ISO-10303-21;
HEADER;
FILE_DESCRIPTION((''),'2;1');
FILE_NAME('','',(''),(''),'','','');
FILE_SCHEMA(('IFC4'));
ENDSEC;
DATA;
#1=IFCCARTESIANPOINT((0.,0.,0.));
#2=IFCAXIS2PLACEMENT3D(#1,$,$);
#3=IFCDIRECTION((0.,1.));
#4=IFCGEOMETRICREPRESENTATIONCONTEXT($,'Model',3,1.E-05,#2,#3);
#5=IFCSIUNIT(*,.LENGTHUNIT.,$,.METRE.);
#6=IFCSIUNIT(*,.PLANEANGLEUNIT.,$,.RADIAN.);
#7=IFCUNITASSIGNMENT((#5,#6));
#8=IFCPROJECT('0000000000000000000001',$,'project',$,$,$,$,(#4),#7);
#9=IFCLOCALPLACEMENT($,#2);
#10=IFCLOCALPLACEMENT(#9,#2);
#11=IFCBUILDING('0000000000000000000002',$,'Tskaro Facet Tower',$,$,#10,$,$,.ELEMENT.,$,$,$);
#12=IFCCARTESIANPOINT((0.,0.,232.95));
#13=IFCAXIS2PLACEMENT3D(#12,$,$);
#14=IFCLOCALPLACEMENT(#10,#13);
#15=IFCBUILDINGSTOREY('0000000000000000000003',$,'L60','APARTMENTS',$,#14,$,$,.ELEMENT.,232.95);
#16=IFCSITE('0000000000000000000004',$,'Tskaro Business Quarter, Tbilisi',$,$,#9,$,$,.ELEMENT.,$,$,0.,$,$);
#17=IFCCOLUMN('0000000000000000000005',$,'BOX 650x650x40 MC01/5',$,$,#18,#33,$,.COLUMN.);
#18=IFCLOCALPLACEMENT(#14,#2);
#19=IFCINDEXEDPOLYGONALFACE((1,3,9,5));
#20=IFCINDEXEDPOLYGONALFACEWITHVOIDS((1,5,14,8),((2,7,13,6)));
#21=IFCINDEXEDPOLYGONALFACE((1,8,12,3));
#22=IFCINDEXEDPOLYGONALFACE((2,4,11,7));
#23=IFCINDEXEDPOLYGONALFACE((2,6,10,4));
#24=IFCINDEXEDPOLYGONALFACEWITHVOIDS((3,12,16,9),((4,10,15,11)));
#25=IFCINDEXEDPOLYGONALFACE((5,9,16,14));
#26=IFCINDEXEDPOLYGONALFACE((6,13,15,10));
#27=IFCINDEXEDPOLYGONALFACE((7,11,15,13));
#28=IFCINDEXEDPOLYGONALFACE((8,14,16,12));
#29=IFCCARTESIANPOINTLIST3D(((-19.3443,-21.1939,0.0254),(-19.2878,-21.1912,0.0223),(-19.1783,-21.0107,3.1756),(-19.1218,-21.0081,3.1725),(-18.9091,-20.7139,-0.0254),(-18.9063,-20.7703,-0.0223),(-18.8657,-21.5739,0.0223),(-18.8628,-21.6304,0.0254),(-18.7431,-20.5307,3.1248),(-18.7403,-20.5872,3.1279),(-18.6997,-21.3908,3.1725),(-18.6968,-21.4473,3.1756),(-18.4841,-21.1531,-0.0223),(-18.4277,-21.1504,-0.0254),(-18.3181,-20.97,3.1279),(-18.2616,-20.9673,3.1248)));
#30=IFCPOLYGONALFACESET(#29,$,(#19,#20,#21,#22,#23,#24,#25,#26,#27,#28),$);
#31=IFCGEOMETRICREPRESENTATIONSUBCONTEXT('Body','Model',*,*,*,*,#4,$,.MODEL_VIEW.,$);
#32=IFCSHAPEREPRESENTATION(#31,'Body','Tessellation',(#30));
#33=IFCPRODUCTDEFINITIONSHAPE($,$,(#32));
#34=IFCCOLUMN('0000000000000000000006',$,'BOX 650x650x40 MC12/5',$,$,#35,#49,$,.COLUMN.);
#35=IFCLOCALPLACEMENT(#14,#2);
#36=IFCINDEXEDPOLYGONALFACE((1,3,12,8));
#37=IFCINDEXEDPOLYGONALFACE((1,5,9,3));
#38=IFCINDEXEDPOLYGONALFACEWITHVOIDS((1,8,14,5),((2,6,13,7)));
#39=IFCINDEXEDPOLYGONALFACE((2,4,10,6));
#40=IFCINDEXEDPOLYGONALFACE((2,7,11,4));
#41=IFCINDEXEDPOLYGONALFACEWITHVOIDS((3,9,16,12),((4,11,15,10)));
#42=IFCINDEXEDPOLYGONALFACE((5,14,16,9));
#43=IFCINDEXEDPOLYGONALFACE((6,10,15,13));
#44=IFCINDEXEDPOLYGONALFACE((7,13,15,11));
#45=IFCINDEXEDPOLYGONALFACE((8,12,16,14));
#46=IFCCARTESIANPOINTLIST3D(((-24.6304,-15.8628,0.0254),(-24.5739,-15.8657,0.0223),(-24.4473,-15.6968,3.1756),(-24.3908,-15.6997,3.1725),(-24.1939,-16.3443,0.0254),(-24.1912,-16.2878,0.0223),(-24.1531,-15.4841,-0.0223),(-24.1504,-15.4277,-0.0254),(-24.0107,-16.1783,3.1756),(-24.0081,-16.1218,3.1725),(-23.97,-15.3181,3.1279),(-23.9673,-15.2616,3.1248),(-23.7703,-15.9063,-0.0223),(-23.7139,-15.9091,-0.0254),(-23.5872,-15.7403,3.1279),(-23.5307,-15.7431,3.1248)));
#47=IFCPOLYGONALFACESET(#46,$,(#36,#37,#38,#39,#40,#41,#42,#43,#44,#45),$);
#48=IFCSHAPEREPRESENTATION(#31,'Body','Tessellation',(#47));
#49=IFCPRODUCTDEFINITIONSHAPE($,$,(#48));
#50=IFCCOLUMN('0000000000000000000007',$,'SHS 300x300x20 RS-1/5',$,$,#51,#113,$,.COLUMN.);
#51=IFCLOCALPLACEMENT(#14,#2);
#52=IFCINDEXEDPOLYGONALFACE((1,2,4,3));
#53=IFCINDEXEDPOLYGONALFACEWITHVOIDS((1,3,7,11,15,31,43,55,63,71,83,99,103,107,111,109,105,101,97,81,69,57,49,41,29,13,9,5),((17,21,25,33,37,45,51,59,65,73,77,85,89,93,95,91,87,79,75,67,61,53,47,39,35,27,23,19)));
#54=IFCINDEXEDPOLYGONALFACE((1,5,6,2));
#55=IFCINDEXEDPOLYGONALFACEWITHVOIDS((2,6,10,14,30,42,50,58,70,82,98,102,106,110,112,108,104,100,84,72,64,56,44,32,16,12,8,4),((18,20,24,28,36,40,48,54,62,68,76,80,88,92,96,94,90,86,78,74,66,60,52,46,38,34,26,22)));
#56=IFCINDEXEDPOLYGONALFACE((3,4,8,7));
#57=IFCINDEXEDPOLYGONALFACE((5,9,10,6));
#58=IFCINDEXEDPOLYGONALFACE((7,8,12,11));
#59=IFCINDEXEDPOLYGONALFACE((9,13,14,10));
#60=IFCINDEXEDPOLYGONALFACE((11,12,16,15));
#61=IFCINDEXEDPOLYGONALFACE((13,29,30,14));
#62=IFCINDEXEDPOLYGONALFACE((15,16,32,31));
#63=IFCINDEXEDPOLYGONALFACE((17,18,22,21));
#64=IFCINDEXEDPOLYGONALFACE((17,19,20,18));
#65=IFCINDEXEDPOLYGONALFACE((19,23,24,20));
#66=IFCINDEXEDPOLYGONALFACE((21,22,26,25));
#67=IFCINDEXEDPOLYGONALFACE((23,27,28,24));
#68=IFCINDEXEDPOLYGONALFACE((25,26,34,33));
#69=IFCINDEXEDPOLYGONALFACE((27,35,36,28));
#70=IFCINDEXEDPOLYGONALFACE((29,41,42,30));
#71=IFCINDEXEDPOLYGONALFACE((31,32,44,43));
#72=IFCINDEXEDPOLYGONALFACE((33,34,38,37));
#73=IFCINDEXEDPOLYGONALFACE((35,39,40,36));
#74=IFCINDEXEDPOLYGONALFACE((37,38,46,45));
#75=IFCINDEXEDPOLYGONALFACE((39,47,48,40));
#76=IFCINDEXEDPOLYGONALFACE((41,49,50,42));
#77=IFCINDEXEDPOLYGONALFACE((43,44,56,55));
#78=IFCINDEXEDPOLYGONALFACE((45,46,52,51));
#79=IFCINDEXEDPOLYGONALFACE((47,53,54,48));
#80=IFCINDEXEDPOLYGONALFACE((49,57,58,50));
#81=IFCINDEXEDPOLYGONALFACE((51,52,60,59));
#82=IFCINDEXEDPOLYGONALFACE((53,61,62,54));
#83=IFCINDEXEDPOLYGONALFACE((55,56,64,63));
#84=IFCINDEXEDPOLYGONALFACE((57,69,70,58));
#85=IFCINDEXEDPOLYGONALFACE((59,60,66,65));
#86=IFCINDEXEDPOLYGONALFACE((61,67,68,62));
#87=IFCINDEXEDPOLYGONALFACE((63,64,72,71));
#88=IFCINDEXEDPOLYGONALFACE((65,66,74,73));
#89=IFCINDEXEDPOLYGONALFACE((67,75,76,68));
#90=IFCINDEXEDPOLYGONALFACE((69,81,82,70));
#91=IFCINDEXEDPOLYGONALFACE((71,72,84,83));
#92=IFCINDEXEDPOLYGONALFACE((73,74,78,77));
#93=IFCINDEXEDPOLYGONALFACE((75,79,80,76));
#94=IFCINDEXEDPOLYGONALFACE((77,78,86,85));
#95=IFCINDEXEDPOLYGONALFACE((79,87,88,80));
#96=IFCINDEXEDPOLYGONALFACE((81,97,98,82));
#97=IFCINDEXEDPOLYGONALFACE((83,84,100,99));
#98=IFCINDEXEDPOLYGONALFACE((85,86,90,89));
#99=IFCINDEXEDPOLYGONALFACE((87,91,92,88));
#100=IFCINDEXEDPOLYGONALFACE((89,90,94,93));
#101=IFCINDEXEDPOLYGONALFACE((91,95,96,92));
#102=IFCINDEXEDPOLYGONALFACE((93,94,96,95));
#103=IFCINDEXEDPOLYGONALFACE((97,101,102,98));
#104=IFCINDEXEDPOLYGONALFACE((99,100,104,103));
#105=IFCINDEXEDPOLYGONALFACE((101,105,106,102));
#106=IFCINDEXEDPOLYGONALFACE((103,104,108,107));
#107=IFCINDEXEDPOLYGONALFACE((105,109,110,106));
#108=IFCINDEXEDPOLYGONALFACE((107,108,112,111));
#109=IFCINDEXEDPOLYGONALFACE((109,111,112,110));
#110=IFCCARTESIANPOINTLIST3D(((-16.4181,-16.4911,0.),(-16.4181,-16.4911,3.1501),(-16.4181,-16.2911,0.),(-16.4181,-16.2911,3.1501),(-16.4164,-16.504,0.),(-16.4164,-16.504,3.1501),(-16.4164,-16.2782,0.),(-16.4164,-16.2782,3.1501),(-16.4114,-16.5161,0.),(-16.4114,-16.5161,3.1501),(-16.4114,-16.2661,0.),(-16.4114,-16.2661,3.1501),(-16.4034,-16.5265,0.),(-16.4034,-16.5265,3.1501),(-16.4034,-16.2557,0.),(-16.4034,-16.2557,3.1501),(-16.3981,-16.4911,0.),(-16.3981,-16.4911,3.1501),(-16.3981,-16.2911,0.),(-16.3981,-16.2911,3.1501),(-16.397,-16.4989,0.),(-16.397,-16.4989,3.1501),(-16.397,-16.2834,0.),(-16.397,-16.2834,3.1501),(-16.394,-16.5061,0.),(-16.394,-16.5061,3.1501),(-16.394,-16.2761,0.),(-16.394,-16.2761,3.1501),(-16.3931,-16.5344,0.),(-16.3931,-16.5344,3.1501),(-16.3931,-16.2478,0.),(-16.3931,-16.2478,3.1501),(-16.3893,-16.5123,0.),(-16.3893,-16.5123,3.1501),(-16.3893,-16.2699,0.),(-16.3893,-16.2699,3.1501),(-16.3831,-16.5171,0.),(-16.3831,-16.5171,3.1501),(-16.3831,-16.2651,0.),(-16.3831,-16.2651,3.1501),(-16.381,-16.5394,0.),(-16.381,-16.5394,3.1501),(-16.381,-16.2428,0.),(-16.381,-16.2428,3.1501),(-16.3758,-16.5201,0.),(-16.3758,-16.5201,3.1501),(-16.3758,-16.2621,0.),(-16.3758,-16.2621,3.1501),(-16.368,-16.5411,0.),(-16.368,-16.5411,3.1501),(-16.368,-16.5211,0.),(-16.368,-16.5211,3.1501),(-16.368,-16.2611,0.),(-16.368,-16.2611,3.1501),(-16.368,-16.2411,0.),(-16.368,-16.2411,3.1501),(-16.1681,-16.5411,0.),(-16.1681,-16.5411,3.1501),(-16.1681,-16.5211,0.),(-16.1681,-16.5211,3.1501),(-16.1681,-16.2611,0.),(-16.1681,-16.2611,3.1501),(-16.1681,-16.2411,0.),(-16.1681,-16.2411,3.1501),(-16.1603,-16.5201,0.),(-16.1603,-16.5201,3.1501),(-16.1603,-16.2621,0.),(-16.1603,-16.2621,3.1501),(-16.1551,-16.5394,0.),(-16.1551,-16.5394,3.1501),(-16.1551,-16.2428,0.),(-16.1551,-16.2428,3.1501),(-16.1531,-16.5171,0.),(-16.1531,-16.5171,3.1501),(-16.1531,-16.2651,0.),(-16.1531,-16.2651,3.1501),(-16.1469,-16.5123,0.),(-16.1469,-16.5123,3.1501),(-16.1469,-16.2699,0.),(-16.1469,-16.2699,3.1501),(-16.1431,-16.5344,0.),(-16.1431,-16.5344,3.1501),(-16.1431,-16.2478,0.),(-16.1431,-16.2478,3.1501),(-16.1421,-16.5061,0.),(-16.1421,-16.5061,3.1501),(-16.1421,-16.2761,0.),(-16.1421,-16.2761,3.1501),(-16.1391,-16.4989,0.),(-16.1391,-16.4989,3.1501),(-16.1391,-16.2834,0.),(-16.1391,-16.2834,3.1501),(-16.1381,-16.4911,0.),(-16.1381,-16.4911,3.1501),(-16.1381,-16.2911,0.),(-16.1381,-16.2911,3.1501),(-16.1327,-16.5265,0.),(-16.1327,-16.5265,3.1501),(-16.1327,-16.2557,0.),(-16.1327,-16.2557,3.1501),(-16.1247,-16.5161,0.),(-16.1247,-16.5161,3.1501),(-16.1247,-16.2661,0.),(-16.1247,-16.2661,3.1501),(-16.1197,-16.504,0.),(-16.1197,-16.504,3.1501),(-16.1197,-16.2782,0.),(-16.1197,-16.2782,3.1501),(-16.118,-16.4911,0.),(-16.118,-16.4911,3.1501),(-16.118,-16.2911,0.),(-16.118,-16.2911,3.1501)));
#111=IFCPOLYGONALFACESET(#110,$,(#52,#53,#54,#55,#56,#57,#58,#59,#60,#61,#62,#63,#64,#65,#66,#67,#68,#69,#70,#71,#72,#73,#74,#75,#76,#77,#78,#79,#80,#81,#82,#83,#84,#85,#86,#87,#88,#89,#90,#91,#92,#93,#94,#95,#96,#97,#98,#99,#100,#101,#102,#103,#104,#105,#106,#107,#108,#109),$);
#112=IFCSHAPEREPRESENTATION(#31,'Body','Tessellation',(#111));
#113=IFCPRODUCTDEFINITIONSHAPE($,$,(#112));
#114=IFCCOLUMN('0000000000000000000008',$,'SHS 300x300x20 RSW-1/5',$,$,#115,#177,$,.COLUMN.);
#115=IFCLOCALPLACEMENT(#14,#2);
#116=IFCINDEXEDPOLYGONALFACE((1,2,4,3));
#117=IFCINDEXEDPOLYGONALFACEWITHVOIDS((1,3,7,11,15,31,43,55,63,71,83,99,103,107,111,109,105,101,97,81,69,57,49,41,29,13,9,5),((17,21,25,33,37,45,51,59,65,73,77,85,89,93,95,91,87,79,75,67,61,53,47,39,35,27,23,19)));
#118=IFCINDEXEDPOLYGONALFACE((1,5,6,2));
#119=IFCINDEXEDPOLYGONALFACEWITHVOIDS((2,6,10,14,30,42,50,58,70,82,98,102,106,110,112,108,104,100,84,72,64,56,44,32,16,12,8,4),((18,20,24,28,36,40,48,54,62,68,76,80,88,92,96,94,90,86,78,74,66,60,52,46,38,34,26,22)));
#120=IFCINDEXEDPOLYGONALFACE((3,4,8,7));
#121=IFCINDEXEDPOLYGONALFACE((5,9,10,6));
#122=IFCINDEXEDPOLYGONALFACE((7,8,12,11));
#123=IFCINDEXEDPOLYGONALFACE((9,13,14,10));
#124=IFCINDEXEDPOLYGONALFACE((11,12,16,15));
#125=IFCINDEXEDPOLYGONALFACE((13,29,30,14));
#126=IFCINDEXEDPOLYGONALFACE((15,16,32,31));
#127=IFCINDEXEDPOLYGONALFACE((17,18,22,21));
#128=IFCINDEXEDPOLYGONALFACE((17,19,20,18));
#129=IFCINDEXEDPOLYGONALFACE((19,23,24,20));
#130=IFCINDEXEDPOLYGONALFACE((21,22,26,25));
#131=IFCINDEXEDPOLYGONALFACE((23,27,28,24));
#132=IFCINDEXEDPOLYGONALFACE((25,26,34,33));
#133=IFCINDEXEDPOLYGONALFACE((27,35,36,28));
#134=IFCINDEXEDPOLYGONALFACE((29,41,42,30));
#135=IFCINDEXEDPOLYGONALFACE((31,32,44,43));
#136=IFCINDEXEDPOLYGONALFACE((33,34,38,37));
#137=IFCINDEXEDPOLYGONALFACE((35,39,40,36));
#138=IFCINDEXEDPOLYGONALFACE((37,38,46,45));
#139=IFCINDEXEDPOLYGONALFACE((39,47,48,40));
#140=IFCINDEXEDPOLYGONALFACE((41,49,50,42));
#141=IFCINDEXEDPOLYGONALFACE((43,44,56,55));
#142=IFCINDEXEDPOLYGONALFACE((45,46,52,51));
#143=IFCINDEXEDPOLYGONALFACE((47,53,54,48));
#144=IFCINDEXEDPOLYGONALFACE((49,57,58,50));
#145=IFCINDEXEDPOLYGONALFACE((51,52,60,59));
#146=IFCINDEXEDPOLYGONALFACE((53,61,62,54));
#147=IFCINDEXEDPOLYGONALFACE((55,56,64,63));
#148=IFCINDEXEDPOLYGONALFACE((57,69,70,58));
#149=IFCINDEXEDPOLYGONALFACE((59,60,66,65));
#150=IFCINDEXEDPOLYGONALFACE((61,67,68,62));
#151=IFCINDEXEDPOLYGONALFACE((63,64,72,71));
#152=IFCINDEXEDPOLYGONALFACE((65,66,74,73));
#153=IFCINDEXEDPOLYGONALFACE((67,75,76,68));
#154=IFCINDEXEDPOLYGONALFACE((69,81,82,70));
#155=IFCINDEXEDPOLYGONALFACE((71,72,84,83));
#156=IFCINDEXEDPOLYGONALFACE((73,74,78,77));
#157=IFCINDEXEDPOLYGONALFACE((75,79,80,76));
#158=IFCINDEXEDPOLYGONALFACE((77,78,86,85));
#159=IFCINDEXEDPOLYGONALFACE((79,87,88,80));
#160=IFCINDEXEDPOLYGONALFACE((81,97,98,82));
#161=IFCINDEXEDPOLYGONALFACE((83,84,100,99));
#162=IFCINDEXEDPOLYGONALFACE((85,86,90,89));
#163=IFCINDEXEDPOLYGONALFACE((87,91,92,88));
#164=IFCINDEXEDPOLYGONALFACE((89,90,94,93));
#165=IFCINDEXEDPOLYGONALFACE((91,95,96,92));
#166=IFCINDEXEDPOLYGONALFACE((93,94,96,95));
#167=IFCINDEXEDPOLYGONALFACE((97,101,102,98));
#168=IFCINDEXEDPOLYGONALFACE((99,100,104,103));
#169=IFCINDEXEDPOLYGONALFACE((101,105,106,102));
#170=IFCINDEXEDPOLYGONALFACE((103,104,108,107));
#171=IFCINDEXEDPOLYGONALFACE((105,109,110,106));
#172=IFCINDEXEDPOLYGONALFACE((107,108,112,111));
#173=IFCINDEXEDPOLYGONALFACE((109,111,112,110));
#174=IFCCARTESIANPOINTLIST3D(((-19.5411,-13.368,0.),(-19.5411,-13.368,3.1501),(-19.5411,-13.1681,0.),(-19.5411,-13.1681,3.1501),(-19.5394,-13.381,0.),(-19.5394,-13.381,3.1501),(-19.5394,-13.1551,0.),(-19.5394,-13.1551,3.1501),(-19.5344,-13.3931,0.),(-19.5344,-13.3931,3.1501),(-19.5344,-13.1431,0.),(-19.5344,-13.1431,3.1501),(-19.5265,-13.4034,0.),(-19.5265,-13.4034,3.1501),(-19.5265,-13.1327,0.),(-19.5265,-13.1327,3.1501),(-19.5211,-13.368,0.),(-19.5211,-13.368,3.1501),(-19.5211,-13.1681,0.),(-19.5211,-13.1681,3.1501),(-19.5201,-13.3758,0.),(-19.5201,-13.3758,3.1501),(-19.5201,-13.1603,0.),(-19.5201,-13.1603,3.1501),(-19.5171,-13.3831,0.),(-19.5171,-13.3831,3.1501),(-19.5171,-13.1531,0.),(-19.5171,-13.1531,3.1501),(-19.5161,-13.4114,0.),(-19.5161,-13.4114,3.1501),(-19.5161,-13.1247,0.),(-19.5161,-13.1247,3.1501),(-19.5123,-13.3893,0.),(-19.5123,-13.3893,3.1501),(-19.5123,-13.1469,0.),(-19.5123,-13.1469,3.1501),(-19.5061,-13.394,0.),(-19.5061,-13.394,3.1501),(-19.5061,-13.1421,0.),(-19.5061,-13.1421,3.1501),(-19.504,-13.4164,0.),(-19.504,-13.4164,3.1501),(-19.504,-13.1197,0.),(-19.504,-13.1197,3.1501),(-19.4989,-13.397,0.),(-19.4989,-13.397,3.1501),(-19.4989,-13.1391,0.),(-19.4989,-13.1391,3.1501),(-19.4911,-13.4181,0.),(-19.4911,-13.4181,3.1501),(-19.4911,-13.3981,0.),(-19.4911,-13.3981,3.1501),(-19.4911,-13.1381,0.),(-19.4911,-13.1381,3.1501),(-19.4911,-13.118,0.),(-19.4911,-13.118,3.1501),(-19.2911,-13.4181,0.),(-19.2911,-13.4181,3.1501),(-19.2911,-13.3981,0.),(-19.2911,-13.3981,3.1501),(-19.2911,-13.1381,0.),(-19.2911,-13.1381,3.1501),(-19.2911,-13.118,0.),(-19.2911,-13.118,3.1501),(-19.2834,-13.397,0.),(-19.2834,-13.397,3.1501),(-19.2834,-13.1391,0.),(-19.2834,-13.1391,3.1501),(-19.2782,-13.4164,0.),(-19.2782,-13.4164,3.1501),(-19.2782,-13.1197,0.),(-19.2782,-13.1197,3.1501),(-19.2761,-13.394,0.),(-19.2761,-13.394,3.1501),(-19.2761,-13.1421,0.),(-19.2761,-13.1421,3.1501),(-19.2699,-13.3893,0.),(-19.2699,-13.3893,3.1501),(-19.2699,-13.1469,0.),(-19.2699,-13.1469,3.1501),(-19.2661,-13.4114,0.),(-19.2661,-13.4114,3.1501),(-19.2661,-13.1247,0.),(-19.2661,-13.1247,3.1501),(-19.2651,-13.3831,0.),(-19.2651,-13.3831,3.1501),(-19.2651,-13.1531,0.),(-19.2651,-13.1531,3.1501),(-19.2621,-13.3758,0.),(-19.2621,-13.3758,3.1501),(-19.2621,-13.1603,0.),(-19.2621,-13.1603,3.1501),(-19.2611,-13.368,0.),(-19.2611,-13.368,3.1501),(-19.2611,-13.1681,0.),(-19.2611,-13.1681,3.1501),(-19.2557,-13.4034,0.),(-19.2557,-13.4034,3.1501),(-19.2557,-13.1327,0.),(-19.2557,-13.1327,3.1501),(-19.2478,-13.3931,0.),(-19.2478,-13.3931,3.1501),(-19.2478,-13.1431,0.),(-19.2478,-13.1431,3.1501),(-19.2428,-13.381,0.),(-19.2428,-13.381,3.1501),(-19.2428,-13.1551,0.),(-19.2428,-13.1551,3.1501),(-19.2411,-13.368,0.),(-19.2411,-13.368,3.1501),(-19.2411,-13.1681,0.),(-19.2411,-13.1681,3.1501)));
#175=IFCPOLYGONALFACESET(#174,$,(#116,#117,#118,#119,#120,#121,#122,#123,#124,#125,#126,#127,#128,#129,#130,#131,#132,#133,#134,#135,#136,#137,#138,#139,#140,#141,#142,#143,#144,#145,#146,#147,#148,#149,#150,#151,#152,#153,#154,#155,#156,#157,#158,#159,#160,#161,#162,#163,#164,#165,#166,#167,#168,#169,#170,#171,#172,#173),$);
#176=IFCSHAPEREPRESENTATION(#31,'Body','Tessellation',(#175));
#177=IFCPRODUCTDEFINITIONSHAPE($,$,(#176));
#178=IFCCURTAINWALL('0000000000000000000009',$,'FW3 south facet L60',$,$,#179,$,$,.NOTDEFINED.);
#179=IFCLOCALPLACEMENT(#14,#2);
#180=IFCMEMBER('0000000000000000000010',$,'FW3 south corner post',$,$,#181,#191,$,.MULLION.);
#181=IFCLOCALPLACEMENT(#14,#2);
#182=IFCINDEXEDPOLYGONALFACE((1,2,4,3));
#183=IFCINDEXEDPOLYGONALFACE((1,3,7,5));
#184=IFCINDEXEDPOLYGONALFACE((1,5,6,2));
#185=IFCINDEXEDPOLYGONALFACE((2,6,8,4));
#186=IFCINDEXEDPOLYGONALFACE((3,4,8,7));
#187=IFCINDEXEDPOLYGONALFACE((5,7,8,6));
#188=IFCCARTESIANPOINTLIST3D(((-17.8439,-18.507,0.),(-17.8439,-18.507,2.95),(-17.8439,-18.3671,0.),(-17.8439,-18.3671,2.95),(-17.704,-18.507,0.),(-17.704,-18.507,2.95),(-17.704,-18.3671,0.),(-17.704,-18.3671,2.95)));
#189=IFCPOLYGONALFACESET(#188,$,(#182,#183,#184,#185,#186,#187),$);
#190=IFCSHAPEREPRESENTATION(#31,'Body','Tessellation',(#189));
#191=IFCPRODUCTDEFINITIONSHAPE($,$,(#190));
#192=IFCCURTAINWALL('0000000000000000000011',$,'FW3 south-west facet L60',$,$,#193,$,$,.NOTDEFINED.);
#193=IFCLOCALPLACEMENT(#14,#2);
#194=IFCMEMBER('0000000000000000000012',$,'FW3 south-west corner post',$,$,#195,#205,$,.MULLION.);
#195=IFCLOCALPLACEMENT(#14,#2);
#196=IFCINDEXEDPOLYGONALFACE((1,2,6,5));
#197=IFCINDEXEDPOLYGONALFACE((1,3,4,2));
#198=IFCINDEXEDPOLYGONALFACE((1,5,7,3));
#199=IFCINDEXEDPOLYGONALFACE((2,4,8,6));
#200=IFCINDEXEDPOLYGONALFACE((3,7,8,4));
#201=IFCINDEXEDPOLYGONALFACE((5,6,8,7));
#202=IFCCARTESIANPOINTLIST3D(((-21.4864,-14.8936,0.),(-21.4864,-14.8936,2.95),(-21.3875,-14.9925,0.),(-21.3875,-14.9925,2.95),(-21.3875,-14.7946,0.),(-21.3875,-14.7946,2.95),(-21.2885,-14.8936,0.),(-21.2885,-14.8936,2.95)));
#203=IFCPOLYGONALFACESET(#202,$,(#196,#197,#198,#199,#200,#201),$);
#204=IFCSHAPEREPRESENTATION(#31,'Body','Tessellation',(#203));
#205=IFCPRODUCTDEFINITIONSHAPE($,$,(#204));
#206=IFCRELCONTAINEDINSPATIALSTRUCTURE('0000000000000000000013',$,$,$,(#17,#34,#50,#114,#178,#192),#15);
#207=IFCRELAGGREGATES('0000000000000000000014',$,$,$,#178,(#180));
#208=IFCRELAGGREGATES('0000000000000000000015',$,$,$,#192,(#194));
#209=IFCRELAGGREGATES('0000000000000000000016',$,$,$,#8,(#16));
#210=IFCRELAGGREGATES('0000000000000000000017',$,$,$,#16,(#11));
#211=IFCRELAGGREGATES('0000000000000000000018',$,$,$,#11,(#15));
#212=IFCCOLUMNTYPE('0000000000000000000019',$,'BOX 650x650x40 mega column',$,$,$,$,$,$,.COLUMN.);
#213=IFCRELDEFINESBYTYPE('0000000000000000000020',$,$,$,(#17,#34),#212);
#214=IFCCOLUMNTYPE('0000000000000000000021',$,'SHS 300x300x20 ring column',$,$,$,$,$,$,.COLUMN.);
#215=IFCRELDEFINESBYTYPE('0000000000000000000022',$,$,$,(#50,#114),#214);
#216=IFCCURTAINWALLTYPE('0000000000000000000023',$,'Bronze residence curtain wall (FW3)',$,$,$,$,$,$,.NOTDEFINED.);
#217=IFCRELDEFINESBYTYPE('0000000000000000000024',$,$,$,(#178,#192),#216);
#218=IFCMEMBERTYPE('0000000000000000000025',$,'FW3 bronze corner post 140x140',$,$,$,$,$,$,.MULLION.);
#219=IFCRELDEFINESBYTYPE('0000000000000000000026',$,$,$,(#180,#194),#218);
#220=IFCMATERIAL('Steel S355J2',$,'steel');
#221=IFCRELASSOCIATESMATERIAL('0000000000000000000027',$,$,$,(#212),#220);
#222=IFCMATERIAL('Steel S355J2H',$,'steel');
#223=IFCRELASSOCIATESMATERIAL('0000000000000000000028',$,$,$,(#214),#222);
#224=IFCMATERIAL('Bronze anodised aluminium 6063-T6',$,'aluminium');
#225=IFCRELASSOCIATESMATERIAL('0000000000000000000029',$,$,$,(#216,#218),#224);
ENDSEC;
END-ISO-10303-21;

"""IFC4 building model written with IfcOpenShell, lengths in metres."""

from ifc_helpers import new_model, si_unit, direction, frame, origin, origin_2d, place, context, subcontext, project, spatial, rectangle, hollow_rectangle, extrude, material, material_profile, profile_set, type_object, element, aggregate, save


model = new_model("IFC4")

# Units and contexts
model_context = context("Model", 3, precision=1e-05, world=origin(), true_north=direction((0.0, 1.0)))
body_context = subcontext(model_context, "Body", "Model", "MODEL_VIEW")
ifc_project = project(units=[si_unit("LENGTHUNIT", "METRE"), si_unit("PLANEANGLEUNIT", "RADIAN")], contexts=[model_context])

# Site, building, storey
site_placement = place(None, origin())
site = spatial("IfcSite", under=ifc_project, at=site_placement, Name="Tskaro Business Quarter, Tbilisi", CompositionType="ELEMENT", RefElevation=0.0)
building_placement = place(site_placement, origin())
building = spatial("IfcBuilding", under=site, at=building_placement, Name="Tskaro Facet Tower", CompositionType="ELEMENT")
storey_placement = place(building_placement, frame((0.0, 0.0, 232.95)))
storey = spatial("IfcBuildingStorey", under=building, at=storey_placement, Name="L60", Description="APARTMENTS", CompositionType="ELEMENT", Elevation=232.95)

# Columns
ifc_material_1 = material(Name="Steel S355J2", Category="steel")
ifc_material_profile_1 = material_profile(ifc_material_1, hollow_rectangle(XDim=0.6499, YDim=0.6499, WallThickness=0.04, at=origin_2d()), Name="BOX 650x650x40")
ifc_profile_set_1 = profile_set([ifc_material_profile_1], Name="Steel S355J2")
column_type_1 = type_object("IfcColumnType", Name="BOX 650x650x40 mega column", PredefinedType="COLUMN", material=ifc_profile_set_1)
for number, where, z_axis, x_axis, name in (
    (1, (-18.886, -21.1721, 0.0), (0.052539, 0.057948, 0.996936), (-0.740833, 0.671689, 0.0), "BOX 650x650x40 MC01/5"),
    (2, (-24.1721, -15.886, 0.0), (0.057948, 0.052539, 0.996936), (-0.671689, 0.740833, 0.0), "BOX 650x650x40 MC12/5"),
):
    element("IfcColumn", number, at=place(storey_placement, frame(where, z_axis=z_axis, x_axis=x_axis)), inside=storey, type_object=column_type_1, Name=name, PredefinedType="COLUMN", context=body_context, shape_type="SweptSolid", body=[
        extrude(hollow_rectangle(XDim=0.6499, YDim=0.6499, WallThickness=0.04, at=origin_2d()), origin(), (0.0, 0.0, 1.0), 3.1599),
    ])
ifc_material_2 = material(Name="Steel S355J2H", Category="steel")
ifc_material_profile_2 = material_profile(ifc_material_2, hollow_rectangle(XDim=0.3, YDim=0.3, WallThickness=0.02, InnerFilletRadius=0.03, OuterFilletRadius=0.05, at=origin_2d()), Name="SHS 300x300x20")
ifc_profile_set_2 = profile_set([ifc_material_profile_2], Name="Steel S355J2H")
column_type_2 = type_object("IfcColumnType", Name="SHS 300x300x20 ring column", PredefinedType="COLUMN", material=ifc_profile_set_2)
for number, where, z_axis, x_axis, name in (
    (3, (-16.2681, -16.3911, 0.0), (0.0, 0.0, 1.0), (1.0, 0.0, 0.0), "SHS 300x300x20 RS-1/5"),
    (4, (-19.3911, -13.2681, 0.0), (0.0, 0.0, 1.0), (1.0, 0.0, 0.0), "SHS 300x300x20 RSW-1/5"),
):
    element("IfcColumn", number, at=place(storey_placement, frame(where, z_axis=z_axis, x_axis=x_axis)), inside=storey, type_object=column_type_2, Name=name, PredefinedType="COLUMN", context=body_context, shape_type="SweptSolid", body=[
        extrude(hollow_rectangle(XDim=0.3, YDim=0.3, WallThickness=0.02, InnerFilletRadius=0.03, OuterFilletRadius=0.05, at=origin_2d()), origin(), (0.0, 0.0, 1.0), 3.1501),
    ])

# Curtain walls, members
ifc_material_3 = material(Name="Bronze anodised aluminium 6063-T6", Category="aluminium")
curtain_wall_type = type_object("IfcCurtainWallType", Name="Bronze residence curtain wall (FW3)", PredefinedType="NOTDEFINED", material=ifc_material_3)
curtain_wall_1_placement = place(storey_placement, origin())
curtain_wall_1 = element("IfcCurtainWall", 5, at=curtain_wall_1_placement, inside=storey, type_object=curtain_wall_type, Name="FW3 south facet L60", PredefinedType="NOTDEFINED")
ifc_material_profile_3 = material_profile(ifc_material_3, rectangle(XDim=0.1399, YDim=0.1399, at=origin_2d()), Name="Corner post 140x140")
ifc_profile_set_3 = profile_set([ifc_material_profile_3], Name="Bronze anodised aluminium 6063-T6")
member_type_1 = type_object("IfcMemberType", Name="FW3 bronze corner post 140x140", PredefinedType="MULLION", material=ifc_profile_set_3)
member_1_placement = place(storey_placement, frame((-17.7739, -18.437, 0.0), z_axis=(0.0, 0.0, 1.0), x_axis=(1.0, 0.0, 0.0)))
member_1 = element("IfcMember", 6, at=member_1_placement, type_object=member_type_1, Name="FW3 south corner post", PredefinedType="MULLION", context=body_context, shape_type="SweptSolid", body=[
    extrude(rectangle(XDim=0.1399, YDim=0.1399, at=origin_2d()), origin(), (0.0, 0.0, 1.0), 2.95),
])
curtain_wall_2_placement = place(storey_placement, origin())
curtain_wall_2 = element("IfcCurtainWall", 7, at=curtain_wall_2_placement, inside=storey, type_object=curtain_wall_type, Name="FW3 south-west facet L60", PredefinedType="NOTDEFINED")
member_2_placement = place(storey_placement, frame((-21.3875, -14.8936, 0.0), z_axis=(0.0, 0.0, 1.0), x_axis=(0.707107, -0.707107, 0.0)))
member_2 = element("IfcMember", 8, at=member_2_placement, type_object=member_type_1, Name="FW3 south-west corner post", PredefinedType="MULLION", context=body_context, shape_type="SweptSolid", body=[
    extrude(rectangle(XDim=0.1399, YDim=0.1399, at=origin_2d()), origin(), (0.0, 0.0, 1.0), 2.95),
])

aggregate(curtain_wall_1, [member_1])

aggregate(curtain_wall_2, [member_2])

save(model, "model.ifc")
